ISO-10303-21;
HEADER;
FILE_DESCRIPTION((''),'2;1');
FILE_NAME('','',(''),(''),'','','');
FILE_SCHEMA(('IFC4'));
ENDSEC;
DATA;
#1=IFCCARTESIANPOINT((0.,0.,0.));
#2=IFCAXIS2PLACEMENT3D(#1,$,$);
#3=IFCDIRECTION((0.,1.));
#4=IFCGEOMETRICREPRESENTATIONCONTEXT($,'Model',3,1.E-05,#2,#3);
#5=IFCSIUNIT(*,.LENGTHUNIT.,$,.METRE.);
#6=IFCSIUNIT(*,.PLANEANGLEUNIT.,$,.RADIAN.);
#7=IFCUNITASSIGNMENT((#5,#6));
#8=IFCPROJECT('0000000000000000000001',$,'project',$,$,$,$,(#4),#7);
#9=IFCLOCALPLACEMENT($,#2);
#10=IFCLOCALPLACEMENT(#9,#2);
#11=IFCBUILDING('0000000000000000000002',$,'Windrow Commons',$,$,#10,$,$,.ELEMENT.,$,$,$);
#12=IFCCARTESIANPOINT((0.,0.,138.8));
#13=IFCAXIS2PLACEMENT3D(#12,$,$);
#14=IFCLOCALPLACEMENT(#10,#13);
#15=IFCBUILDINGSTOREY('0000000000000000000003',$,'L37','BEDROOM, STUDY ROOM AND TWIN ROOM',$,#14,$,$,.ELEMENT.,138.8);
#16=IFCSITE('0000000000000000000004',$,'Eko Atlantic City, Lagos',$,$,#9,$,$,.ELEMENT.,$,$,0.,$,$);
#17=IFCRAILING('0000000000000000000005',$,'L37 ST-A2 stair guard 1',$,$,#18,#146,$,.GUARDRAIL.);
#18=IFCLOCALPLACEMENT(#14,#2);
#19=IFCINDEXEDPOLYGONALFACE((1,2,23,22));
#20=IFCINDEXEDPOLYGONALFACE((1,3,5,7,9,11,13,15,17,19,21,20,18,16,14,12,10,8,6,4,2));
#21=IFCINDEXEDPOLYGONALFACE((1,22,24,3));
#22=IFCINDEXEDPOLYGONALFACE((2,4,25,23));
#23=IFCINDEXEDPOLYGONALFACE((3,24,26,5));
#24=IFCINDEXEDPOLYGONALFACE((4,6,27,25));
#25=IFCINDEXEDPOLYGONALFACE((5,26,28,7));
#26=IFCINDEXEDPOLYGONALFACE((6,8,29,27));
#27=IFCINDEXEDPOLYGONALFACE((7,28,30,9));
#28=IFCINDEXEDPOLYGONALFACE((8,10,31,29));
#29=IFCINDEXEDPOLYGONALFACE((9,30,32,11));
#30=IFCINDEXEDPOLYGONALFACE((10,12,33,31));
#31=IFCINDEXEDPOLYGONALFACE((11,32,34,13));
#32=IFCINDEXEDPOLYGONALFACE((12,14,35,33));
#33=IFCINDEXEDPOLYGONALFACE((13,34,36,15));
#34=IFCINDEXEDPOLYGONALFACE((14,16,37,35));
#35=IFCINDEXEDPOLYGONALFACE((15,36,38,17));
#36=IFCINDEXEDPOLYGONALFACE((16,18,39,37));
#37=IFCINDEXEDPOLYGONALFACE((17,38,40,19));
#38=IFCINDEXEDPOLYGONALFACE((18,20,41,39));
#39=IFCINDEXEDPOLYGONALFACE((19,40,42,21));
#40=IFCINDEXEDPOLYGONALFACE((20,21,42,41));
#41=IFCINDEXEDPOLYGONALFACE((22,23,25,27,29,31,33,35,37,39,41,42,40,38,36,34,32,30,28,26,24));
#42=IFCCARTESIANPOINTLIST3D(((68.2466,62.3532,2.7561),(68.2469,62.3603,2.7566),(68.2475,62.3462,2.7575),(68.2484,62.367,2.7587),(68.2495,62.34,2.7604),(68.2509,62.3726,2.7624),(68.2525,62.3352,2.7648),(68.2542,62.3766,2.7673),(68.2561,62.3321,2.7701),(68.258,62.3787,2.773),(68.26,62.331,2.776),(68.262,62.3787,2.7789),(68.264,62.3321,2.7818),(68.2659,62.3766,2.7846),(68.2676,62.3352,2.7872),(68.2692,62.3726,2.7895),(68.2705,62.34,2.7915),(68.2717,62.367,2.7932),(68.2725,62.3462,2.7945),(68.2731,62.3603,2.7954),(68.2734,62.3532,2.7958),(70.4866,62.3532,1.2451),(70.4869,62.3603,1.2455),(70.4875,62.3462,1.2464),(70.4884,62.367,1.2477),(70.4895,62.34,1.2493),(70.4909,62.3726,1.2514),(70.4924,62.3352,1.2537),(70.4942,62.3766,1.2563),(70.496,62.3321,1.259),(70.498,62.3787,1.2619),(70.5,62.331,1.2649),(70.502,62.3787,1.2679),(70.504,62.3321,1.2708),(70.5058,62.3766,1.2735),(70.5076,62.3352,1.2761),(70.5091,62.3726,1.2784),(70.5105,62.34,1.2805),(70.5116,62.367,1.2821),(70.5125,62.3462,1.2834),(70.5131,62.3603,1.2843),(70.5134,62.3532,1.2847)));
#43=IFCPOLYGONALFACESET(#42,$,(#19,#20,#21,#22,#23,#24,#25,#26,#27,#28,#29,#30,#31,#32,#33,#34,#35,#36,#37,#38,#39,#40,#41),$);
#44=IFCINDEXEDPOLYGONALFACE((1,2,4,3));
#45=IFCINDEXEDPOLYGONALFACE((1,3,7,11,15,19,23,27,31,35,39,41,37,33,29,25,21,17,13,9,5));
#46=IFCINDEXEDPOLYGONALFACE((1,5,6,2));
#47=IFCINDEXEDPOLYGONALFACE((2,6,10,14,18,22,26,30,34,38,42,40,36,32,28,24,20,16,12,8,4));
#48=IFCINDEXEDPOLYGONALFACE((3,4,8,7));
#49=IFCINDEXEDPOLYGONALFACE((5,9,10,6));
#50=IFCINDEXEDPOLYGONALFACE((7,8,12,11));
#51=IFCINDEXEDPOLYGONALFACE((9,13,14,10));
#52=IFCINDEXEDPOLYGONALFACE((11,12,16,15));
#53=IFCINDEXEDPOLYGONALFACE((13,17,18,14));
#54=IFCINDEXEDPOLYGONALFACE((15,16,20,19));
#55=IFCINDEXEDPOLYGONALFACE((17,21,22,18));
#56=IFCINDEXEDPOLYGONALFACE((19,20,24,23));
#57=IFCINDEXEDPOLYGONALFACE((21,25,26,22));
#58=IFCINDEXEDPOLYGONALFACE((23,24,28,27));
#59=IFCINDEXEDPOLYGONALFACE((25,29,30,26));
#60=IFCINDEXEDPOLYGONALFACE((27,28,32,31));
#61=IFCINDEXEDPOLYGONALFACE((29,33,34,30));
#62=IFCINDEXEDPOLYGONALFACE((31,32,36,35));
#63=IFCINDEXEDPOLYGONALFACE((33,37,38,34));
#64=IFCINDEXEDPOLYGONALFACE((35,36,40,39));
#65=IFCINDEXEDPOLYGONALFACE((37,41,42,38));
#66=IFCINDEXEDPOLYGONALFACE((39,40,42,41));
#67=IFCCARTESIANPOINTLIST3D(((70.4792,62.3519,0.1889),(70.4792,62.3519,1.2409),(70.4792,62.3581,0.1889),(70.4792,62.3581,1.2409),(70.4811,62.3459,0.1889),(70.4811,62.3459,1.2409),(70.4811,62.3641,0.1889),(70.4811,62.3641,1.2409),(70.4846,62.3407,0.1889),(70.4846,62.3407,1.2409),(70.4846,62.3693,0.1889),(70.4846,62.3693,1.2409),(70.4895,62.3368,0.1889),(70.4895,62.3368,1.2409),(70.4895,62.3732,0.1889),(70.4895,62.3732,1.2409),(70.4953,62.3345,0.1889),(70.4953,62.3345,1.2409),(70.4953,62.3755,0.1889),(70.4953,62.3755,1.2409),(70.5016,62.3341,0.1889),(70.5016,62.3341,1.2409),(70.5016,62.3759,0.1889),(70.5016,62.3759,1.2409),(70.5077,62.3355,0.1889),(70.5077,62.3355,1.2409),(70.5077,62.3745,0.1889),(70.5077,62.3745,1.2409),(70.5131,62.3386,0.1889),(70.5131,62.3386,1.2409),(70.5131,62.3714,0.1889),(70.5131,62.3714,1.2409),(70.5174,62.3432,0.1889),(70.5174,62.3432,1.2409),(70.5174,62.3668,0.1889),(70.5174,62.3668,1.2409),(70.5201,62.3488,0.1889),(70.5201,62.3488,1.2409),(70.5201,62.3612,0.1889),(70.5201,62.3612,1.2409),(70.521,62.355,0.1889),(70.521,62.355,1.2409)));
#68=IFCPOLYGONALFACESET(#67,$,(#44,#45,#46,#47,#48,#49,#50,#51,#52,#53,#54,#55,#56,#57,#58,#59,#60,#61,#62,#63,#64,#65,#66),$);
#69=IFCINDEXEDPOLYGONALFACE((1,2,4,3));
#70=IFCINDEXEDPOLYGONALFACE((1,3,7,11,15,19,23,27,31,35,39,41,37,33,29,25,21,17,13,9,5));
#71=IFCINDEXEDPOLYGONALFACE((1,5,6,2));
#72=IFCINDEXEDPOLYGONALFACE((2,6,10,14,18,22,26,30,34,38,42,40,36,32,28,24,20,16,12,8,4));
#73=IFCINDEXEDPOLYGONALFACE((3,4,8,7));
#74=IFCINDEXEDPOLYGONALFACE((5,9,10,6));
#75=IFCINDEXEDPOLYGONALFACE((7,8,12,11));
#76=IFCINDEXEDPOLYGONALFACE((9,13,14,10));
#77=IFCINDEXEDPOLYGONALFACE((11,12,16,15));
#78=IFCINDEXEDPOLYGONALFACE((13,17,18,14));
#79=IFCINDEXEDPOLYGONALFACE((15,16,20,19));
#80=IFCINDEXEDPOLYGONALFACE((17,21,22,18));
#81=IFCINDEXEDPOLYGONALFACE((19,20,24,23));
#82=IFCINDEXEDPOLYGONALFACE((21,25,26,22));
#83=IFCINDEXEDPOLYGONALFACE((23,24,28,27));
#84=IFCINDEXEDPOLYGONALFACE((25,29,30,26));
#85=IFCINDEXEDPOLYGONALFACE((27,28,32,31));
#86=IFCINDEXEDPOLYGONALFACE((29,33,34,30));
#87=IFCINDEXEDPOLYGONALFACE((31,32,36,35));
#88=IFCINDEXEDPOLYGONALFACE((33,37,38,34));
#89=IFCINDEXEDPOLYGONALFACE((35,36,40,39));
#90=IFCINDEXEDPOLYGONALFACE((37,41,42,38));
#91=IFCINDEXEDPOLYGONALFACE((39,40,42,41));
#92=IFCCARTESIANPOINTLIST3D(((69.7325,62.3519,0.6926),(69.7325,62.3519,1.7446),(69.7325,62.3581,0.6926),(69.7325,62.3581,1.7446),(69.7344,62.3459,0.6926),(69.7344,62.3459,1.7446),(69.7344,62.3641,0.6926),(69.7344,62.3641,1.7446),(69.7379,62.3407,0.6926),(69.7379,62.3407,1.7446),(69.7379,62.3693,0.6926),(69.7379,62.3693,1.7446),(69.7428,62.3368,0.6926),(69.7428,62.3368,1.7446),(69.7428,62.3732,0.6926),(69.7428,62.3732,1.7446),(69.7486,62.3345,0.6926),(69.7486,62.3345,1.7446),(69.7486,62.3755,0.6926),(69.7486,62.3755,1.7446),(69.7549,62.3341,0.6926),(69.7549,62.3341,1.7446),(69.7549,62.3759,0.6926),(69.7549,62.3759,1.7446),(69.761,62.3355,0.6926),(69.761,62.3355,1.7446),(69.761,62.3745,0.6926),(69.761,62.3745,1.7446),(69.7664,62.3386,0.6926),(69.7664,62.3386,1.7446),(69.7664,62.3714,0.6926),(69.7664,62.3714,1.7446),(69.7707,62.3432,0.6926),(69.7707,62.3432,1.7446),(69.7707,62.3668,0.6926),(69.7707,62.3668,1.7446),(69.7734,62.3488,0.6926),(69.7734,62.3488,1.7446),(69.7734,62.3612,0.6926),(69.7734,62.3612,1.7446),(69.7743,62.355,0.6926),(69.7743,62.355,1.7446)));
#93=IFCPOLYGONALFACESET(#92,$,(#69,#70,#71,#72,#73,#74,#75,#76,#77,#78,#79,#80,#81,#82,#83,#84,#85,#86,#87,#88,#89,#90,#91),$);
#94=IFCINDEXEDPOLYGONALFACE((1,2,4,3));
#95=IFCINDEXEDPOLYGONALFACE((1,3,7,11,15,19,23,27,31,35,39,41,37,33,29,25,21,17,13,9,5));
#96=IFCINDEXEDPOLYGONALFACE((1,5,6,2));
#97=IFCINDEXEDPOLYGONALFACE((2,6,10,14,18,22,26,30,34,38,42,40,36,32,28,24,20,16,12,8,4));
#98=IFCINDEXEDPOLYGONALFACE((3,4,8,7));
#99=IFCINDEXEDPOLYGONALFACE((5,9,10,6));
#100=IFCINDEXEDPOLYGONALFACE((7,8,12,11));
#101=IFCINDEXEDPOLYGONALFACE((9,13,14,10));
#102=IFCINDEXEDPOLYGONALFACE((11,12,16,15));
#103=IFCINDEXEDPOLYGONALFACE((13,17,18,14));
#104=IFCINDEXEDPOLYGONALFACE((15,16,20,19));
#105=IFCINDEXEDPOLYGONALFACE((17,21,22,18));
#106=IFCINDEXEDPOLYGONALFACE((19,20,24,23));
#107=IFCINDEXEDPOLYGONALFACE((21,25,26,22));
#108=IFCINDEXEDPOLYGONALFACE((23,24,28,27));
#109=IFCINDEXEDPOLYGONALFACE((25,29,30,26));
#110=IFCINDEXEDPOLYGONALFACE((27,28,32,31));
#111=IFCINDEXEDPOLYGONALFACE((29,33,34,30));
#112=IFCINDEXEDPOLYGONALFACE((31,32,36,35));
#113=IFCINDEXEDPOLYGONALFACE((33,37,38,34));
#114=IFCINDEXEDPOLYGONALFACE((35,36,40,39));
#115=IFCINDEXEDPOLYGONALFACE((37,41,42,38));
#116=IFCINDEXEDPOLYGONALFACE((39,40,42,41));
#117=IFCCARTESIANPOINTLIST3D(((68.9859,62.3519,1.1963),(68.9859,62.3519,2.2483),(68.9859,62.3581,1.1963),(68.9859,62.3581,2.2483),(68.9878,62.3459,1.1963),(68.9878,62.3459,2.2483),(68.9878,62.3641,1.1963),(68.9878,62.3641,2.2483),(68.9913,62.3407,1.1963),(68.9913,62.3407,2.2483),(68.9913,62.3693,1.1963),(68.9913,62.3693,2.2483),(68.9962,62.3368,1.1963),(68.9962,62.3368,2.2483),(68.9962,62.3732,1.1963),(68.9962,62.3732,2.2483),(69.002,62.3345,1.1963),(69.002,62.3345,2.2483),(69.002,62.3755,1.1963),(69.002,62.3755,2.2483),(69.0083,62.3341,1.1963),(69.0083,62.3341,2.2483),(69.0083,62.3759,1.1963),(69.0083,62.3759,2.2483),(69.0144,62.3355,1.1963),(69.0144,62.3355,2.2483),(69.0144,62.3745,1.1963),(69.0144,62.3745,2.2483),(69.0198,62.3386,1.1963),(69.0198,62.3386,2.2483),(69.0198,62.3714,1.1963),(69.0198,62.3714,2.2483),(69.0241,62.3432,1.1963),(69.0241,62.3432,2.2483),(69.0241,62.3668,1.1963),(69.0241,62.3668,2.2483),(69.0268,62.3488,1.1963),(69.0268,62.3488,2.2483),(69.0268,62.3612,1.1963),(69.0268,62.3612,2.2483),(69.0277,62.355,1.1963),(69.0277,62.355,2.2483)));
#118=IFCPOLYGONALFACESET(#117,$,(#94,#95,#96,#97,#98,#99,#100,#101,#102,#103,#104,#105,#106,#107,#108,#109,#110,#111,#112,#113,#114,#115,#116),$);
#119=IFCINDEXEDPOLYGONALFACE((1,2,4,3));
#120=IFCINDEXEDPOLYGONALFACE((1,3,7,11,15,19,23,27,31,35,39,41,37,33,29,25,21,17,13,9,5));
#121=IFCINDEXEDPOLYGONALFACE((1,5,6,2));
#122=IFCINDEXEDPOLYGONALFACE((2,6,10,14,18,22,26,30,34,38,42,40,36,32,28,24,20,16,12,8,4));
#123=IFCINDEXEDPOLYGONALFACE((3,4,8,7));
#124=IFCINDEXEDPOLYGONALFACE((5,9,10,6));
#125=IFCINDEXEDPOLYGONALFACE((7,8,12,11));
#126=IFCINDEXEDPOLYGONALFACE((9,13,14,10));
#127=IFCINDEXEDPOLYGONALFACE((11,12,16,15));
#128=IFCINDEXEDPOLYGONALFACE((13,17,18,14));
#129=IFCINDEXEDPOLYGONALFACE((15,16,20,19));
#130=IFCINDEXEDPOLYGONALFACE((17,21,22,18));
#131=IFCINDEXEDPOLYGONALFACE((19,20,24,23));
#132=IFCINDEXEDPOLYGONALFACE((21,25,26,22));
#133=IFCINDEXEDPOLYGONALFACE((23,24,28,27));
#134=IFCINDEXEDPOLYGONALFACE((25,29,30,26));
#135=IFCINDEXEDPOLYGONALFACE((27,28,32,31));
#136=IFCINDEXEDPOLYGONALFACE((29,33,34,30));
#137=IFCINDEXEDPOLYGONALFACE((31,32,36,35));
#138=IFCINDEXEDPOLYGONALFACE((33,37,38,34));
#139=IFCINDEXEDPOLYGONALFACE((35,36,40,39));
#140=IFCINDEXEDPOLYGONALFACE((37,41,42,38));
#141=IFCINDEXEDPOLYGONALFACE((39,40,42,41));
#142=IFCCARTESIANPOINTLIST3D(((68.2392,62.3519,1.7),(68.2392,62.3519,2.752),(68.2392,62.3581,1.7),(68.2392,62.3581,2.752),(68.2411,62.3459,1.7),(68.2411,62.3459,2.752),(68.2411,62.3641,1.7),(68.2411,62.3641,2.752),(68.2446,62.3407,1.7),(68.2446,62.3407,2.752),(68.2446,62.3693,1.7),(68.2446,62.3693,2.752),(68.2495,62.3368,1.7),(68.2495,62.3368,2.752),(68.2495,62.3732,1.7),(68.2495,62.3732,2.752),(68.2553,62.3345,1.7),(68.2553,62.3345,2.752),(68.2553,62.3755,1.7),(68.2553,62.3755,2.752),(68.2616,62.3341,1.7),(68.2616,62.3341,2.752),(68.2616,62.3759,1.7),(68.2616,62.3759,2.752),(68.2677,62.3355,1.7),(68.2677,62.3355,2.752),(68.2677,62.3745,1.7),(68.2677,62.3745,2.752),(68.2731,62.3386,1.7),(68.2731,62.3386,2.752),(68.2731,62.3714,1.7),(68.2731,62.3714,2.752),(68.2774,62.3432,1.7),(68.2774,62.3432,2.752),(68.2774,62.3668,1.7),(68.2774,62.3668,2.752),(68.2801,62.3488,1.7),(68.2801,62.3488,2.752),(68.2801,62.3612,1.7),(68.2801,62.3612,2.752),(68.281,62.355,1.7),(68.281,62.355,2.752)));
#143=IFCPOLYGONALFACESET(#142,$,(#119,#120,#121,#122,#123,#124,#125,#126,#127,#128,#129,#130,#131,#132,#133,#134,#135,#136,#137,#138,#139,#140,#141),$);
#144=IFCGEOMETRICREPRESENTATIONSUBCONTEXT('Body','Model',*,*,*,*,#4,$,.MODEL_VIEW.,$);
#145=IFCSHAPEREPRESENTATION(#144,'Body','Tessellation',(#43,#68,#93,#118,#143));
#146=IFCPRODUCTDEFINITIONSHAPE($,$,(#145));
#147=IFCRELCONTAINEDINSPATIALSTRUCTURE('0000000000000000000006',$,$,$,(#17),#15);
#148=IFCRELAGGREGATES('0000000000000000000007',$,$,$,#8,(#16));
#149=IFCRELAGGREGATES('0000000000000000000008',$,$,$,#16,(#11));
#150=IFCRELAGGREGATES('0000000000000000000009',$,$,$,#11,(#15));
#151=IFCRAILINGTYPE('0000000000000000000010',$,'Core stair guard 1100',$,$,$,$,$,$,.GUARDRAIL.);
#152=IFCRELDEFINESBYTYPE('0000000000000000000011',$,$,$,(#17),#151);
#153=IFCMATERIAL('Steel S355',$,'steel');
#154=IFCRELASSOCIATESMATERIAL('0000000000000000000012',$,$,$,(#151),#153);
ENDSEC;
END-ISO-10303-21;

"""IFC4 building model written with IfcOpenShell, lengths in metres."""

from ifc_helpers import new_model, si_unit, direction, frame, origin, origin_2d, place, context, subcontext, project, spatial, circle, extrude, material, type_object, element, save


model = new_model("IFC4")

# Units and contexts
model_context = context("Model", 3, precision=1e-05, world=origin(), true_north=direction((0.0, 1.0)))
body_context = subcontext(model_context, "Body", "Model", "MODEL_VIEW")
ifc_project = project(units=[si_unit("LENGTHUNIT", "METRE"), si_unit("PLANEANGLEUNIT", "RADIAN")], contexts=[model_context])

# Site, building, storey
site_placement = place(None, origin())
site = spatial("IfcSite", under=ifc_project, at=site_placement, Name="Eko Atlantic City, Lagos", CompositionType="ELEMENT", RefElevation=0.0)
building_placement = place(site_placement, origin())
building = spatial("IfcBuilding", under=site, at=building_placement, Name="Windrow Commons", CompositionType="ELEMENT")
storey_placement = place(building_placement, frame((0.0, 0.0, 138.8)))
storey = spatial("IfcBuildingStorey", under=building, at=storey_placement, Name="L37", Description="BEDROOM, STUDY ROOM AND TWIN ROOM", CompositionType="ELEMENT", Elevation=138.8)

# Railing
ifc_material_1 = material(Name="Steel S355", Category="steel")
railing_type_1 = type_object("IfcRailingType", Name="Core stair guard 1100", PredefinedType="GUARDRAIL", material=ifc_material_1)
railing_1_placement = place(storey_placement, frame((70.5, 62.355, 0.1889)))
element("IfcRailing", 1, at=railing_1_placement, inside=storey, type_object=railing_type_1, Name="L37 ST-A2 stair guard 1", PredefinedType="GUARDRAIL", context=body_context, shape_type="SweptSolid", body=[
    extrude(circle(Radius=0.024, at=origin_2d()), frame((0.0, 0.0, 1.076), z_axis=(-0.829003, 0.0, 0.559244), x_axis=(0.0, -1.0, 0.0)), (0.0, 0.0, 1.0), 2.702),
    extrude(circle(Radius=0.021, at=origin_2d()), origin(), (0.0, 0.0, 1.0), 1.052),
    extrude(circle(Radius=0.021, at=origin_2d()), frame((-0.7467, 0.0, 0.5037)), (0.0, 0.0, 1.0), 1.052),
    extrude(circle(Radius=0.021, at=origin_2d()), frame((-1.4933, 0.0, 1.0074)), (0.0, 0.0, 1.0), 1.052),
    extrude(circle(Radius=0.021, at=origin_2d()), frame((-2.24, 0.0, 1.5111)), (0.0, 0.0, 1.0), 1.052),
])

save(model, "model.ifc")
